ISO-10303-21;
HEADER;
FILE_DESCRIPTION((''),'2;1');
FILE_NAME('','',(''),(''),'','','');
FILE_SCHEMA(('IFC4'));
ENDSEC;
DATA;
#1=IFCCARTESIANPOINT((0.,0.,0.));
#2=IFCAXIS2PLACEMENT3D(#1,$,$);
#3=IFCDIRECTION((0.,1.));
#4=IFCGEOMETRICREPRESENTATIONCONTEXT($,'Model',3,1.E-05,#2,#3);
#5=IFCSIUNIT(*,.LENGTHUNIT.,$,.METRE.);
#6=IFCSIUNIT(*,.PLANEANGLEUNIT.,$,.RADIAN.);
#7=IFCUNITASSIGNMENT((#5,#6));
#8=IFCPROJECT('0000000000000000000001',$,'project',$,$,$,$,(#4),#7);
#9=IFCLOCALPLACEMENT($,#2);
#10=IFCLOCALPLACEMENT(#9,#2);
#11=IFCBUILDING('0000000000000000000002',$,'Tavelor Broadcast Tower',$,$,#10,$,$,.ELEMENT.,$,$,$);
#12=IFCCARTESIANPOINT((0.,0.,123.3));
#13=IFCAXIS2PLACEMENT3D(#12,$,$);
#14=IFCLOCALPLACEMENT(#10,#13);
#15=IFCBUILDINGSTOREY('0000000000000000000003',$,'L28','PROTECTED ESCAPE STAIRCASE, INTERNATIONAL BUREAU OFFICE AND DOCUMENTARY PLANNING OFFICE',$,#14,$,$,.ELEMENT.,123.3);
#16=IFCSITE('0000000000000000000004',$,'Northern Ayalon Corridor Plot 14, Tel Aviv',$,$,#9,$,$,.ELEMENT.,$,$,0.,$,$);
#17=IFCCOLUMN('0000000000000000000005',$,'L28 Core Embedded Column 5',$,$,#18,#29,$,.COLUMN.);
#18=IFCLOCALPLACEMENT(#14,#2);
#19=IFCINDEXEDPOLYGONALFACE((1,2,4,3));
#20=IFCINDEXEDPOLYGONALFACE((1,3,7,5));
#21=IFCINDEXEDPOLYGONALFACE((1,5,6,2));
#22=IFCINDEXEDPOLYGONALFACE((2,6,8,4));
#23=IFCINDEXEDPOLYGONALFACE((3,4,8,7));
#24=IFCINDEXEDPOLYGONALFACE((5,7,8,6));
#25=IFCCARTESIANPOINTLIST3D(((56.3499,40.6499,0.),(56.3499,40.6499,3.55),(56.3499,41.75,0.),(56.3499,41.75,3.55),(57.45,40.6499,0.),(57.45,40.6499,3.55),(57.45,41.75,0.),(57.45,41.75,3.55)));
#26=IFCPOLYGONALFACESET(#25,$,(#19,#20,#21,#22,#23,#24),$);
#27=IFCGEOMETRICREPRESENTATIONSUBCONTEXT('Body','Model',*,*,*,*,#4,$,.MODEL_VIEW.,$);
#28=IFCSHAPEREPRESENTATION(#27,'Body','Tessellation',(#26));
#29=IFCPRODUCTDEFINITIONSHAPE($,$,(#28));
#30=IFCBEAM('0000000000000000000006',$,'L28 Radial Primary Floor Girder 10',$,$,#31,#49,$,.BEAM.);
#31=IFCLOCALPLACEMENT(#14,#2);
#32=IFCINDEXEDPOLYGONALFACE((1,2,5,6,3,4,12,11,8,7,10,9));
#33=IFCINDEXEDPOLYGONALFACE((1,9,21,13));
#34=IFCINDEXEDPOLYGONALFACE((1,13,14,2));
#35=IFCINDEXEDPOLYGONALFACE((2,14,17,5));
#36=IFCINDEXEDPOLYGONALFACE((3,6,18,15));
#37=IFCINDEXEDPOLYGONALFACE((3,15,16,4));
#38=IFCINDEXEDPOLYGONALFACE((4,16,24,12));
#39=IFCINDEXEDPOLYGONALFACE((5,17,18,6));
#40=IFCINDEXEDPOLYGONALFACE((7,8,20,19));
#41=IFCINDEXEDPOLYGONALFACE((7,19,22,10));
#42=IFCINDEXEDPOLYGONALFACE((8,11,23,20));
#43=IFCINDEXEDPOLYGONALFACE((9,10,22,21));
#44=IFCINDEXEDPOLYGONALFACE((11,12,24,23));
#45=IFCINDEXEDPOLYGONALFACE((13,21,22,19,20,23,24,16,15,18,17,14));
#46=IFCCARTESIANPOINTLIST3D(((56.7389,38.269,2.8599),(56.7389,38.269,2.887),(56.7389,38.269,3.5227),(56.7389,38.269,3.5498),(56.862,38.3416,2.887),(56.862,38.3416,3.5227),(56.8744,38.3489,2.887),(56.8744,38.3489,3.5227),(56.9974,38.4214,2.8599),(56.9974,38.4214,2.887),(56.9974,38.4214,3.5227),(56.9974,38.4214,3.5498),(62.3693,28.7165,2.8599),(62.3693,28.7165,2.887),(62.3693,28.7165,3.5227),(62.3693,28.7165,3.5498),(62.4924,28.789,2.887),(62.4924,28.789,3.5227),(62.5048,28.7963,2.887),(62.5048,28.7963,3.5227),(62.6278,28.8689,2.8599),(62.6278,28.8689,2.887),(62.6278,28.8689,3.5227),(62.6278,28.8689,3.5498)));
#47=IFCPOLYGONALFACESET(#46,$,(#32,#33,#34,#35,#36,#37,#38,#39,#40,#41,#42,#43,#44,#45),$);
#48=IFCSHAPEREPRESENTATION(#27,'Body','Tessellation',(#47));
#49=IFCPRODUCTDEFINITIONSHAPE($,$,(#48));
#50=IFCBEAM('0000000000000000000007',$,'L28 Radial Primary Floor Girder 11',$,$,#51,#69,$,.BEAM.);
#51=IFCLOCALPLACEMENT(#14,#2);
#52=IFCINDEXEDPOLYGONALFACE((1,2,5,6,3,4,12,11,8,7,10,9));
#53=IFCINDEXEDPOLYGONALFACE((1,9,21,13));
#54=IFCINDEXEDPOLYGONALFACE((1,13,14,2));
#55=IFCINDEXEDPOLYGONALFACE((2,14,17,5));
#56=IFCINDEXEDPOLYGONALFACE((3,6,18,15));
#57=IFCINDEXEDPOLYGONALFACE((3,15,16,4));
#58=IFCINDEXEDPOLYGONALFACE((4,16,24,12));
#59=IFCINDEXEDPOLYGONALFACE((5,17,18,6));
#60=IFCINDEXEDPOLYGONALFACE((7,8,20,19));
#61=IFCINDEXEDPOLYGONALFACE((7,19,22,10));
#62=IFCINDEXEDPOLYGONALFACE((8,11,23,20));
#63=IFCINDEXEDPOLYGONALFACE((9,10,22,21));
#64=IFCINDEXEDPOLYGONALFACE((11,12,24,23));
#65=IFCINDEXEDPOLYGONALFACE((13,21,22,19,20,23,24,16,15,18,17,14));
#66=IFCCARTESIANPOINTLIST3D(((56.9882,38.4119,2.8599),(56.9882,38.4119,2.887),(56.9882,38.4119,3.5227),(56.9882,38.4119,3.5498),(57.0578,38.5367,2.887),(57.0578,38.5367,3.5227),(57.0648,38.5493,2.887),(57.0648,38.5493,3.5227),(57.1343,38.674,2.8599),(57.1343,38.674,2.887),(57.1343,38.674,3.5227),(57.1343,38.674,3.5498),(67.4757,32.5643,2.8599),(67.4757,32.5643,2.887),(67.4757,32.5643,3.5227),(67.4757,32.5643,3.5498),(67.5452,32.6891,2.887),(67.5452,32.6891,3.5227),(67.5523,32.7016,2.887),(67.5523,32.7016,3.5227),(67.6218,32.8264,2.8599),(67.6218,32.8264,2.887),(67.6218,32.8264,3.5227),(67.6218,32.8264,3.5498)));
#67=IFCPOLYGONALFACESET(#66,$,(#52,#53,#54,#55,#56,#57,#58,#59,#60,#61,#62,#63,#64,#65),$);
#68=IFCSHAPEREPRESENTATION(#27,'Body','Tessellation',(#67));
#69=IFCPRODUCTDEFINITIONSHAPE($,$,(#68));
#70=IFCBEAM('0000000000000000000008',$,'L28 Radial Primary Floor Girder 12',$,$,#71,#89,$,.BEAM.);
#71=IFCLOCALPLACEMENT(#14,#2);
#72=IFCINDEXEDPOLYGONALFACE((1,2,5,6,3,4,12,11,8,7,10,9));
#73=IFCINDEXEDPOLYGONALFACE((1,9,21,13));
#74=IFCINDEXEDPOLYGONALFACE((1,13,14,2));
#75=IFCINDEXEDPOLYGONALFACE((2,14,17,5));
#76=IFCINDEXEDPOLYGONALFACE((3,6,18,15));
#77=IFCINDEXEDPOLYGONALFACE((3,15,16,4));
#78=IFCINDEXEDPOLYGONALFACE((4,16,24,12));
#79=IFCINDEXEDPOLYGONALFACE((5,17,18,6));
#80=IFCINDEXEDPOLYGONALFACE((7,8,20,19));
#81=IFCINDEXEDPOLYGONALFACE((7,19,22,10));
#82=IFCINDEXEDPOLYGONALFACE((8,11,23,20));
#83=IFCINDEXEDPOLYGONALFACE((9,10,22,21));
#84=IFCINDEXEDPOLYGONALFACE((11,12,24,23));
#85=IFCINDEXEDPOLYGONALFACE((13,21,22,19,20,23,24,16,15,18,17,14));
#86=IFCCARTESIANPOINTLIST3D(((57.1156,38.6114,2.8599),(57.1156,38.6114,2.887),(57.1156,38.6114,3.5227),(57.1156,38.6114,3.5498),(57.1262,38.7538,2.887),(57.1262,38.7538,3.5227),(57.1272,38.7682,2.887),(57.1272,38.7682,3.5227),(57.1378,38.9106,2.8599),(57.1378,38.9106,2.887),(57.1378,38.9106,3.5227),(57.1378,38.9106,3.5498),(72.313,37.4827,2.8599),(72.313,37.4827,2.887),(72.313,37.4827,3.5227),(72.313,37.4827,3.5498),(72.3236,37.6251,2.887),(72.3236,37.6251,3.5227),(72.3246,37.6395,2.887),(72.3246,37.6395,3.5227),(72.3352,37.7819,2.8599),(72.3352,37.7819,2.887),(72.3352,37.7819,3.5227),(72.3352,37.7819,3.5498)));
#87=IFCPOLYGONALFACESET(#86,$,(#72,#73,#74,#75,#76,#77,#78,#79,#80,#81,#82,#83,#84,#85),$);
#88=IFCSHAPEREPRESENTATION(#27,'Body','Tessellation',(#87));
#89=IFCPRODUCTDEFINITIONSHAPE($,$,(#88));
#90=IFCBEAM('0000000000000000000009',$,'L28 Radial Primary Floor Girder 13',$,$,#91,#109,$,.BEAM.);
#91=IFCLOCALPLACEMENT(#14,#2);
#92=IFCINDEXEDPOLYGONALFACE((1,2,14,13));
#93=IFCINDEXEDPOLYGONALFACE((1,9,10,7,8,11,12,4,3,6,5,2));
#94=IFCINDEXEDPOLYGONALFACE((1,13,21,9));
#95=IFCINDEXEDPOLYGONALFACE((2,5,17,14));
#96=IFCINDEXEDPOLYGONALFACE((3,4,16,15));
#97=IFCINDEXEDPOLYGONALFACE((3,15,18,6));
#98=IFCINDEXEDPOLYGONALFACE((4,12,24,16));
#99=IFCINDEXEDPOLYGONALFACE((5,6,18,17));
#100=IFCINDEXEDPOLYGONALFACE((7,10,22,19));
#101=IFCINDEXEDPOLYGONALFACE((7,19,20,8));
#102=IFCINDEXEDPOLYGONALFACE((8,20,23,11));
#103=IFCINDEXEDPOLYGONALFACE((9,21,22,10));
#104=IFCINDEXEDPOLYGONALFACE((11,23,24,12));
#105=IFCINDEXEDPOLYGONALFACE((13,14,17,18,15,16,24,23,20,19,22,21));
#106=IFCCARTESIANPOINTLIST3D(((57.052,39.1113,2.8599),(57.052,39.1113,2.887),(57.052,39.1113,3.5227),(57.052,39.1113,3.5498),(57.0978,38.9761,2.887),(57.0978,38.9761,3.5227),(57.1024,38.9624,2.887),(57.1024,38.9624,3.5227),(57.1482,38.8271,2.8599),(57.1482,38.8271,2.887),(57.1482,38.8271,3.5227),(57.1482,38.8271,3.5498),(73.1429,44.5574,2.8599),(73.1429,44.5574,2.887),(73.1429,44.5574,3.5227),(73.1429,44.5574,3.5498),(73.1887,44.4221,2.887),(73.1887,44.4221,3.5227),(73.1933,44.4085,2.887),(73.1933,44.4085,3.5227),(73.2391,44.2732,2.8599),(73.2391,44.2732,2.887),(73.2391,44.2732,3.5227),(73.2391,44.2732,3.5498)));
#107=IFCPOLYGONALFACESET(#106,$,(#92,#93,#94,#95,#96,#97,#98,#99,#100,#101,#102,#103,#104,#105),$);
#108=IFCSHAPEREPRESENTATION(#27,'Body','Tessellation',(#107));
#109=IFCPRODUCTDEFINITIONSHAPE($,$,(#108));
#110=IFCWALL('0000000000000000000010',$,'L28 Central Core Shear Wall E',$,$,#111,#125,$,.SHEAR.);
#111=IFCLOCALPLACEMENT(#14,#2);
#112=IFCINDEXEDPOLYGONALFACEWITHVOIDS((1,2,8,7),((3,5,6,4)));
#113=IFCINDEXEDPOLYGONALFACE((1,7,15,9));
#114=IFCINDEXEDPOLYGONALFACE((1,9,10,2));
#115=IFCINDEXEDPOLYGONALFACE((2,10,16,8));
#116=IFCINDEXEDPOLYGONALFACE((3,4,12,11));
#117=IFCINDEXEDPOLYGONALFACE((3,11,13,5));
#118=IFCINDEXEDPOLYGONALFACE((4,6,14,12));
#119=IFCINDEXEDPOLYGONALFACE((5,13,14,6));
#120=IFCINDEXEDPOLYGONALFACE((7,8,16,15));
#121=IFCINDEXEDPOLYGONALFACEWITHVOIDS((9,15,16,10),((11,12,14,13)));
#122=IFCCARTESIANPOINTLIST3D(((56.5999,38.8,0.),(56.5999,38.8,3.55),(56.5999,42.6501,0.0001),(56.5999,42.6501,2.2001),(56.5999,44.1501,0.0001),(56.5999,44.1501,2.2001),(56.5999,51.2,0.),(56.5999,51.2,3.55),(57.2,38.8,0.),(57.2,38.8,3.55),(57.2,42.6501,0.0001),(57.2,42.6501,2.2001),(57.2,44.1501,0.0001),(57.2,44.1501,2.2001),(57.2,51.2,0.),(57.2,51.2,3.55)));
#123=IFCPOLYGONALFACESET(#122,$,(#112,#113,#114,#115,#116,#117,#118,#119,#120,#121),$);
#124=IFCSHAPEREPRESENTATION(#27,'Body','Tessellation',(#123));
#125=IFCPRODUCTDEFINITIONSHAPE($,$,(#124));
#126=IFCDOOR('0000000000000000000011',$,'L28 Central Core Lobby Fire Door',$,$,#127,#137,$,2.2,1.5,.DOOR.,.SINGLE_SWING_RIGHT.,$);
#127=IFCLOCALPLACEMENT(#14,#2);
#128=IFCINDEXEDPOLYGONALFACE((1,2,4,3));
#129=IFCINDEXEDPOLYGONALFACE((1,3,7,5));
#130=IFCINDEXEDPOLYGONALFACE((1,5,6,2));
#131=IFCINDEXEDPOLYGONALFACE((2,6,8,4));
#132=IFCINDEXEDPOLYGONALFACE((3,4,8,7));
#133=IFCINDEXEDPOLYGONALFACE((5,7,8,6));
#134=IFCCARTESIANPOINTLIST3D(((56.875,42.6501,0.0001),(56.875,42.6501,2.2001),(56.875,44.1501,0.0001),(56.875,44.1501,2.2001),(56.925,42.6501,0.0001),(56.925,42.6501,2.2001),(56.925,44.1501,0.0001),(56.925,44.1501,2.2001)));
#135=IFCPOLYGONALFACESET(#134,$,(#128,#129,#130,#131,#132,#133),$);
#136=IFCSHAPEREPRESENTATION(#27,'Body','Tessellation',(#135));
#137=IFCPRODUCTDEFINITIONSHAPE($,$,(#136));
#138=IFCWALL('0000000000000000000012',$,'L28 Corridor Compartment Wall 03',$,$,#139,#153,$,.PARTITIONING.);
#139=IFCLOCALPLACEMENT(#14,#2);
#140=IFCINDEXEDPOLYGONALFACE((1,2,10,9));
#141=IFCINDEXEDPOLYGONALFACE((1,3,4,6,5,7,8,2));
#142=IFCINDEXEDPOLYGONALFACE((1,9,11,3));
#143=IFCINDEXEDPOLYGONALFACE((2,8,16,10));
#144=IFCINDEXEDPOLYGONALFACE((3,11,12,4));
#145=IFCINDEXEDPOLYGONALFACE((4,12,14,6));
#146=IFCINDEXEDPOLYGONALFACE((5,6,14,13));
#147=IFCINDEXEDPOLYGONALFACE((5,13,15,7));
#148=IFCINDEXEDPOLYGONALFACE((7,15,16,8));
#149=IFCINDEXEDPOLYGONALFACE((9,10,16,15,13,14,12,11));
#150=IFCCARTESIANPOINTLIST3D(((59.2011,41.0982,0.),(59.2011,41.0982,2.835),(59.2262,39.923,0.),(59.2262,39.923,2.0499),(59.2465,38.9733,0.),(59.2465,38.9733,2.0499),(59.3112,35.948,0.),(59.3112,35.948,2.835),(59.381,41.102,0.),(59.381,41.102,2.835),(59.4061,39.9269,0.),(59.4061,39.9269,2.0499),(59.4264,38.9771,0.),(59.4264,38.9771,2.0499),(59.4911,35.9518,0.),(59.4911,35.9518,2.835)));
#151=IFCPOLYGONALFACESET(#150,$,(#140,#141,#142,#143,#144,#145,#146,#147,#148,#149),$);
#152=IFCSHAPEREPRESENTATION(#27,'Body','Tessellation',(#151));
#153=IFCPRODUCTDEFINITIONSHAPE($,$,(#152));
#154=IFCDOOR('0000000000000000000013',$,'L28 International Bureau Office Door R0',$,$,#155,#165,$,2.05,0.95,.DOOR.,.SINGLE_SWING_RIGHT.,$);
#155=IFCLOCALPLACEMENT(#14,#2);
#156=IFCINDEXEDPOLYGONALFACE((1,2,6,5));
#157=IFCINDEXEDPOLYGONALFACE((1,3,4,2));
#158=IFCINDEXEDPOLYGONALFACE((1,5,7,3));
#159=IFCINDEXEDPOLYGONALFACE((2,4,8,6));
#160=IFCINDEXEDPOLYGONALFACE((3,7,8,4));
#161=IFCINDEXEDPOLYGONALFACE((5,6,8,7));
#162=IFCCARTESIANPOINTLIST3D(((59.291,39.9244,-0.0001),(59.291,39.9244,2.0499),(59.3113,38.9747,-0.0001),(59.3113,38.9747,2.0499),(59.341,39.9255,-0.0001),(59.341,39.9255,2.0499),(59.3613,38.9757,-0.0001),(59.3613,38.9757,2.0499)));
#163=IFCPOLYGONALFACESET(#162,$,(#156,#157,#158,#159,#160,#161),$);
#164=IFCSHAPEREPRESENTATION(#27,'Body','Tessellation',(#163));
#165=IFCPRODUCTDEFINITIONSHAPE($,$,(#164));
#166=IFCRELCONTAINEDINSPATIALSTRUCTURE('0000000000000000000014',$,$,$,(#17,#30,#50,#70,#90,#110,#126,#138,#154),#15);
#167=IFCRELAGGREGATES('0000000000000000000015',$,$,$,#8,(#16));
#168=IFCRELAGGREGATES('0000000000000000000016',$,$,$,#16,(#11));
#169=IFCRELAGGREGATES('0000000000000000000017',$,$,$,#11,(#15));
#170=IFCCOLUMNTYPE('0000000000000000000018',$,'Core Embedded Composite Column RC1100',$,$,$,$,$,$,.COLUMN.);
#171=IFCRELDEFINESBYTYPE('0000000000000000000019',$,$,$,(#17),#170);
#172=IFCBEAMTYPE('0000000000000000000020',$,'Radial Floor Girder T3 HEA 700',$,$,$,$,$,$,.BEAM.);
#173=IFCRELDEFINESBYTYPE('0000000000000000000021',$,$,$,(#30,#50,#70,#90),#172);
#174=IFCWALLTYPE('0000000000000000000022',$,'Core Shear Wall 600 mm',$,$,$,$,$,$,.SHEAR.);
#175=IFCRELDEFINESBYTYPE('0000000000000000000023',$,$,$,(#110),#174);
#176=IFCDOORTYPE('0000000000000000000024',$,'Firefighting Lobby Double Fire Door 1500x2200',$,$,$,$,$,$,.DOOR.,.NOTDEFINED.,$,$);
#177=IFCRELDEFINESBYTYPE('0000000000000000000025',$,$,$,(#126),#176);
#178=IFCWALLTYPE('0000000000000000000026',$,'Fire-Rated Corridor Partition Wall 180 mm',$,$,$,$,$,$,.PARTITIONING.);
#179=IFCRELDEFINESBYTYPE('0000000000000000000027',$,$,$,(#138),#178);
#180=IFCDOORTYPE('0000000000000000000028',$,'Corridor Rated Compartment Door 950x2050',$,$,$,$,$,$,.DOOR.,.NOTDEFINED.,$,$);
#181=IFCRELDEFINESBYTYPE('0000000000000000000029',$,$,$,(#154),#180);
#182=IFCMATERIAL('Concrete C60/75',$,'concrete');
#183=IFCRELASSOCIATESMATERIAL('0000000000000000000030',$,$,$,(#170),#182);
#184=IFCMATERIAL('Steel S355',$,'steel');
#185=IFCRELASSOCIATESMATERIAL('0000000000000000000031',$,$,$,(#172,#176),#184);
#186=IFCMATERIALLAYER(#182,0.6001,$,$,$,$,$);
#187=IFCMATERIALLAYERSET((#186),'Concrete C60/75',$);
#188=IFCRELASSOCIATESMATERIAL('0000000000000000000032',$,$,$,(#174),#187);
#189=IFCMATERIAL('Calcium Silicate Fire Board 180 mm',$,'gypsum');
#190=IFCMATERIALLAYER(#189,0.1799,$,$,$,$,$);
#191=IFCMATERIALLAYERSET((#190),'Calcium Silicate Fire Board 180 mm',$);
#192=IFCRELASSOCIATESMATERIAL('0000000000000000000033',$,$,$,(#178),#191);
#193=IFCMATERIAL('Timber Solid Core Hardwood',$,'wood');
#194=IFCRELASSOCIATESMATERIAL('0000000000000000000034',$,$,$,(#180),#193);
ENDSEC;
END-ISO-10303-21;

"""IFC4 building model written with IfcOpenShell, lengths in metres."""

from ifc_helpers import new_model, si_unit, direction, frame, frame_2d, origin, origin_2d, place, context, subcontext, project, spatial, rectangle, i_section, extrude, material, layer, layer_set, material_profile, profile_set, type_object, element, fill, save


model = new_model("IFC4")

# Units and contexts
model_context = context("Model", 3, precision=1e-05, world=origin(), true_north=direction((0.0, 1.0)))
body_context = subcontext(model_context, "Body", "Model", "MODEL_VIEW")
ifc_project = project(units=[si_unit("LENGTHUNIT", "METRE"), si_unit("PLANEANGLEUNIT", "RADIAN")], contexts=[model_context])

# Site, building, storey
site_placement = place(None, origin())
site = spatial("IfcSite", under=ifc_project, at=site_placement, Name="Northern Ayalon Corridor Plot 14, Tel Aviv", CompositionType="ELEMENT", RefElevation=0.0)
building_placement = place(site_placement, origin())
building = spatial("IfcBuilding", under=site, at=building_placement, Name="Tavelor Broadcast Tower", CompositionType="ELEMENT")
storey_placement = place(building_placement, frame((0.0, 0.0, 123.3)))
storey = spatial("IfcBuildingStorey", under=building, at=storey_placement, Name="L28", Description="PROTECTED ESCAPE STAIRCASE, INTERNATIONAL BUREAU OFFICE AND DOCUMENTARY PLANNING OFFICE", CompositionType="ELEMENT", Elevation=123.3)

# Column
ifc_material_1 = material(Name="Concrete C60/75", Category="concrete")
ifc_material_profile_1 = material_profile(ifc_material_1, rectangle(XDim=1.1001, YDim=1.1001, at=origin_2d()), Name="RC 1100x1100")
ifc_profile_set_1 = profile_set([ifc_material_profile_1], Name="Concrete C60/75")
column_type = type_object("IfcColumnType", Name="Core Embedded Composite Column RC1100", PredefinedType="COLUMN", material=ifc_profile_set_1)
column_placement = place(storey_placement, frame((56.8999, 41.2, 0.0), z_axis=(0.0, 0.0, 1.0), x_axis=(1.0, 0.0, 0.0)))
element("IfcColumn", 1, at=column_placement, inside=storey, type_object=column_type, Name="L28 Core Embedded Column 5", PredefinedType="COLUMN", context=body_context, shape_type="SweptSolid", body=[
    extrude(rectangle(XDim=1.1001, YDim=1.1001, at=origin_2d()), origin(), (0.0, 0.0, 1.0), 3.55),
])

# Beams
ifc_material_2 = material(Name="Steel S355", Category="steel")
ifc_material_profile_2 = material_profile(ifc_material_2, i_section(OverallWidth=0.3, OverallDepth=0.6899, WebThickness=0.0144, FlangeThickness=0.0271, at=origin_2d()), Name="HEA 700")
ifc_profile_set_2 = profile_set([ifc_material_profile_2], Name="Steel S355")
beam_type = type_object("IfcBeamType", Name="Radial Floor Girder T3 HEA 700", PredefinedType="BEAM", material=ifc_profile_set_2)
beam_1_placement = place(storey_placement, frame((56.8682, 38.3452, 3.2048), z_axis=(0.507774, -0.86149, 0.0), x_axis=(0.86149, 0.507774, 0.0)))
element("IfcBeam", 2, at=beam_1_placement, inside=storey, type_object=beam_type, Name="L28 Radial Primary Floor Girder 10", PredefinedType="BEAM", context=body_context, shape_type="SweptSolid", body=[
    extrude(i_section(OverallWidth=0.3, OverallDepth=0.6899, WebThickness=0.0144, FlangeThickness=0.0271, at=origin_2d()), origin(), (0.0, 0.0, 1.0), 11.0884),
])
beam_2_placement = place(storey_placement, frame((57.0613, 38.543, 3.2048), z_axis=(0.873405, -0.486994, 0.0), x_axis=(0.486994, 0.873405, 0.0)))
element("IfcBeam", 3, at=beam_2_placement, inside=storey, type_object=beam_type, Name="L28 Radial Primary Floor Girder 11", PredefinedType="BEAM", context=body_context, shape_type="SweptSolid", body=[
    extrude(i_section(OverallWidth=0.3, OverallDepth=0.6899, WebThickness=0.0144, FlangeThickness=0.0271, at=origin_2d()), origin(), (0.0, 0.0, 1.0), 12.0076),
])
beam_3_placement = place(storey_placement, frame((57.1267, 38.761, 3.2048), z_axis=(0.997254, -0.074062, 0.0), x_axis=(0.074062, 0.997254, 0.0)))
element("IfcBeam", 4, at=beam_3_placement, inside=storey, type_object=beam_type, Name="L28 Radial Primary Floor Girder 12", PredefinedType="BEAM", context=body_context, shape_type="SweptSolid", body=[
    extrude(i_section(OverallWidth=0.3, OverallDepth=0.6899, WebThickness=0.0144, FlangeThickness=0.0271, at=origin_2d()), origin(), (0.0, 0.0, 1.0), 15.2393),
])
beam_4_placement = place(storey_placement, frame((57.1001, 38.9692, 3.2048), z_axis=(0.947217, 0.320592, 0.0), x_axis=(-0.320592, 0.947217, 0.0)))
element("IfcBeam", 5, at=beam_4_placement, inside=storey, type_object=beam_type, Name="L28 Radial Primary Floor Girder 13", PredefinedType="BEAM", context=body_context, shape_type="SweptSolid", body=[
    extrude(i_section(OverallWidth=0.3, OverallDepth=0.6899, WebThickness=0.0144, FlangeThickness=0.0271, at=origin_2d()), origin(), (0.0, 0.0, 1.0), 16.9875),
])

# Walls, openings, doors
ifc_layer_1 = layer(ifc_material_1, 0.6001)
ifc_layer_set_1 = layer_set([ifc_layer_1], Name="Concrete C60/75")
wall_type_1 = type_object("IfcWallType", Name="Core Shear Wall 600 mm", PredefinedType="SHEAR", material=ifc_layer_set_1)
wall_1_placement = place(storey_placement, frame((56.8999, 38.8, 0.0), z_axis=(0.0, 0.0, 1.0), x_axis=(0.0, 1.0, 0.0)))
wall_1 = element("IfcWall", 6, at=wall_1_placement, inside=storey, type_object=wall_type_1, Name="L28 Central Core Shear Wall E", PredefinedType="SHEAR", context=body_context, shape_type="SweptSolid", body=[
    extrude(rectangle(XDim=12.3999, YDim=0.6001, at=frame_2d((6.2, 0.0))), origin(), (0.0, 0.0, 1.0), 3.55),
])
opening_1_placement = place(wall_1_placement, frame((3.8501, 0.0, 0.0)))
opening_1 = element("IfcOpeningElement", 7, at=opening_1_placement, cuts=wall_1, PredefinedType="OPENING", context=body_context, shape_type="SweptSolid", body=[
    extrude(rectangle(XDim=1.5, YDim=2.2, at=frame_2d((0.75, 1.1001))), frame((0.0, 0.3101, 0.0), z_axis=(0.0, -1.0, 0.0), x_axis=(1.0, 0.0, 0.0)), (0.0, 0.0, 1.0), 0.6201),
])
door_type_1 = type_object("IfcDoorType", Name="Firefighting Lobby Double Fire Door 1500x2200", OperationType="NOTDEFINED", PredefinedType="DOOR", material=ifc_material_2)
door_1_placement = place(opening_1_placement, origin())
door_1 = element("IfcDoor", 8, at=door_1_placement, inside=storey, type_object=door_type_1, Name="L28 Central Core Lobby Fire Door", OperationType="SINGLE_SWING_RIGHT", OverallHeight=2.2, OverallWidth=1.5, PredefinedType="DOOR", context=body_context, shape_type="SweptSolid", body=[
    extrude(rectangle(XDim=1.5, YDim=2.2, at=frame_2d((0.75, 1.1001))), frame((0.0, 0.0249, 0.0), z_axis=(0.0, -1.0, 0.0), x_axis=(1.0, 0.0, 0.0)), (0.0, 0.0, 1.0), 0.05),
])
fill(opening_1, door_1)
ifc_material_3 = material(Name="Calcium Silicate Fire Board 180 mm", Category="gypsum")
ifc_layer_2 = layer(ifc_material_3, 0.1799)
ifc_layer_set_2 = layer_set([ifc_layer_2], Name="Calcium Silicate Fire Board 180 mm")
wall_type_2 = type_object("IfcWallType", Name="Fire-Rated Corridor Partition Wall 180 mm", PredefinedType="PARTITIONING", material=ifc_layer_set_2)
wall_2_placement = place(storey_placement, frame((59.291, 41.1001, 0.0), z_axis=(0.0, 0.0, 1.0), x_axis=(0.021375, -0.999772, 0.0)))
wall_2 = element("IfcWall", 9, at=wall_2_placement, inside=storey, type_object=wall_type_2, Name="L28 Corridor Compartment Wall 03", PredefinedType="PARTITIONING", context=body_context, shape_type="SweptSolid", body=[
    extrude(rectangle(XDim=5.1514, YDim=0.1799, at=frame_2d((2.5757, 0.0))), origin(), (0.0, 0.0, 1.0), 2.835),
])
opening_2_placement = place(wall_2_placement, frame((1.1753, 0.0, 0.0)))
opening_2 = element("IfcOpeningElement", 10, at=opening_2_placement, cuts=wall_2, PredefinedType="OPENING", context=body_context, shape_type="SweptSolid", body=[
    extrude(rectangle(XDim=0.95, YDim=2.05, at=frame_2d((0.4751, 1.0249))), frame((0.0, 0.1001, 0.0), z_axis=(0.0, -1.0, 0.0), x_axis=(1.0, 0.0, 0.0)), (0.0, 0.0, 1.0), 0.2),
])
ifc_material_4 = material(Name="Timber Solid Core Hardwood", Category="wood")
door_type_2 = type_object("IfcDoorType", Name="Corridor Rated Compartment Door 950x2050", OperationType="NOTDEFINED", PredefinedType="DOOR", material=ifc_material_4)
door_2_placement = place(opening_2_placement, origin())
door_2 = element("IfcDoor", 11, at=door_2_placement, inside=storey, type_object=door_type_2, Name="L28 International Bureau Office Door R0", OperationType="SINGLE_SWING_RIGHT", OverallHeight=2.05, OverallWidth=0.95, PredefinedType="DOOR", context=body_context, shape_type="SweptSolid", body=[
    extrude(rectangle(XDim=0.95, YDim=2.05, at=frame_2d((0.4751, 1.0249))), frame((0.0, 0.0249, 0.0), z_axis=(0.0, -1.0, 0.0), x_axis=(1.0, 0.0, 0.0)), (0.0, 0.0, 1.0), 0.05),
])
fill(opening_2, door_2)

save(model, "model.ifc")
